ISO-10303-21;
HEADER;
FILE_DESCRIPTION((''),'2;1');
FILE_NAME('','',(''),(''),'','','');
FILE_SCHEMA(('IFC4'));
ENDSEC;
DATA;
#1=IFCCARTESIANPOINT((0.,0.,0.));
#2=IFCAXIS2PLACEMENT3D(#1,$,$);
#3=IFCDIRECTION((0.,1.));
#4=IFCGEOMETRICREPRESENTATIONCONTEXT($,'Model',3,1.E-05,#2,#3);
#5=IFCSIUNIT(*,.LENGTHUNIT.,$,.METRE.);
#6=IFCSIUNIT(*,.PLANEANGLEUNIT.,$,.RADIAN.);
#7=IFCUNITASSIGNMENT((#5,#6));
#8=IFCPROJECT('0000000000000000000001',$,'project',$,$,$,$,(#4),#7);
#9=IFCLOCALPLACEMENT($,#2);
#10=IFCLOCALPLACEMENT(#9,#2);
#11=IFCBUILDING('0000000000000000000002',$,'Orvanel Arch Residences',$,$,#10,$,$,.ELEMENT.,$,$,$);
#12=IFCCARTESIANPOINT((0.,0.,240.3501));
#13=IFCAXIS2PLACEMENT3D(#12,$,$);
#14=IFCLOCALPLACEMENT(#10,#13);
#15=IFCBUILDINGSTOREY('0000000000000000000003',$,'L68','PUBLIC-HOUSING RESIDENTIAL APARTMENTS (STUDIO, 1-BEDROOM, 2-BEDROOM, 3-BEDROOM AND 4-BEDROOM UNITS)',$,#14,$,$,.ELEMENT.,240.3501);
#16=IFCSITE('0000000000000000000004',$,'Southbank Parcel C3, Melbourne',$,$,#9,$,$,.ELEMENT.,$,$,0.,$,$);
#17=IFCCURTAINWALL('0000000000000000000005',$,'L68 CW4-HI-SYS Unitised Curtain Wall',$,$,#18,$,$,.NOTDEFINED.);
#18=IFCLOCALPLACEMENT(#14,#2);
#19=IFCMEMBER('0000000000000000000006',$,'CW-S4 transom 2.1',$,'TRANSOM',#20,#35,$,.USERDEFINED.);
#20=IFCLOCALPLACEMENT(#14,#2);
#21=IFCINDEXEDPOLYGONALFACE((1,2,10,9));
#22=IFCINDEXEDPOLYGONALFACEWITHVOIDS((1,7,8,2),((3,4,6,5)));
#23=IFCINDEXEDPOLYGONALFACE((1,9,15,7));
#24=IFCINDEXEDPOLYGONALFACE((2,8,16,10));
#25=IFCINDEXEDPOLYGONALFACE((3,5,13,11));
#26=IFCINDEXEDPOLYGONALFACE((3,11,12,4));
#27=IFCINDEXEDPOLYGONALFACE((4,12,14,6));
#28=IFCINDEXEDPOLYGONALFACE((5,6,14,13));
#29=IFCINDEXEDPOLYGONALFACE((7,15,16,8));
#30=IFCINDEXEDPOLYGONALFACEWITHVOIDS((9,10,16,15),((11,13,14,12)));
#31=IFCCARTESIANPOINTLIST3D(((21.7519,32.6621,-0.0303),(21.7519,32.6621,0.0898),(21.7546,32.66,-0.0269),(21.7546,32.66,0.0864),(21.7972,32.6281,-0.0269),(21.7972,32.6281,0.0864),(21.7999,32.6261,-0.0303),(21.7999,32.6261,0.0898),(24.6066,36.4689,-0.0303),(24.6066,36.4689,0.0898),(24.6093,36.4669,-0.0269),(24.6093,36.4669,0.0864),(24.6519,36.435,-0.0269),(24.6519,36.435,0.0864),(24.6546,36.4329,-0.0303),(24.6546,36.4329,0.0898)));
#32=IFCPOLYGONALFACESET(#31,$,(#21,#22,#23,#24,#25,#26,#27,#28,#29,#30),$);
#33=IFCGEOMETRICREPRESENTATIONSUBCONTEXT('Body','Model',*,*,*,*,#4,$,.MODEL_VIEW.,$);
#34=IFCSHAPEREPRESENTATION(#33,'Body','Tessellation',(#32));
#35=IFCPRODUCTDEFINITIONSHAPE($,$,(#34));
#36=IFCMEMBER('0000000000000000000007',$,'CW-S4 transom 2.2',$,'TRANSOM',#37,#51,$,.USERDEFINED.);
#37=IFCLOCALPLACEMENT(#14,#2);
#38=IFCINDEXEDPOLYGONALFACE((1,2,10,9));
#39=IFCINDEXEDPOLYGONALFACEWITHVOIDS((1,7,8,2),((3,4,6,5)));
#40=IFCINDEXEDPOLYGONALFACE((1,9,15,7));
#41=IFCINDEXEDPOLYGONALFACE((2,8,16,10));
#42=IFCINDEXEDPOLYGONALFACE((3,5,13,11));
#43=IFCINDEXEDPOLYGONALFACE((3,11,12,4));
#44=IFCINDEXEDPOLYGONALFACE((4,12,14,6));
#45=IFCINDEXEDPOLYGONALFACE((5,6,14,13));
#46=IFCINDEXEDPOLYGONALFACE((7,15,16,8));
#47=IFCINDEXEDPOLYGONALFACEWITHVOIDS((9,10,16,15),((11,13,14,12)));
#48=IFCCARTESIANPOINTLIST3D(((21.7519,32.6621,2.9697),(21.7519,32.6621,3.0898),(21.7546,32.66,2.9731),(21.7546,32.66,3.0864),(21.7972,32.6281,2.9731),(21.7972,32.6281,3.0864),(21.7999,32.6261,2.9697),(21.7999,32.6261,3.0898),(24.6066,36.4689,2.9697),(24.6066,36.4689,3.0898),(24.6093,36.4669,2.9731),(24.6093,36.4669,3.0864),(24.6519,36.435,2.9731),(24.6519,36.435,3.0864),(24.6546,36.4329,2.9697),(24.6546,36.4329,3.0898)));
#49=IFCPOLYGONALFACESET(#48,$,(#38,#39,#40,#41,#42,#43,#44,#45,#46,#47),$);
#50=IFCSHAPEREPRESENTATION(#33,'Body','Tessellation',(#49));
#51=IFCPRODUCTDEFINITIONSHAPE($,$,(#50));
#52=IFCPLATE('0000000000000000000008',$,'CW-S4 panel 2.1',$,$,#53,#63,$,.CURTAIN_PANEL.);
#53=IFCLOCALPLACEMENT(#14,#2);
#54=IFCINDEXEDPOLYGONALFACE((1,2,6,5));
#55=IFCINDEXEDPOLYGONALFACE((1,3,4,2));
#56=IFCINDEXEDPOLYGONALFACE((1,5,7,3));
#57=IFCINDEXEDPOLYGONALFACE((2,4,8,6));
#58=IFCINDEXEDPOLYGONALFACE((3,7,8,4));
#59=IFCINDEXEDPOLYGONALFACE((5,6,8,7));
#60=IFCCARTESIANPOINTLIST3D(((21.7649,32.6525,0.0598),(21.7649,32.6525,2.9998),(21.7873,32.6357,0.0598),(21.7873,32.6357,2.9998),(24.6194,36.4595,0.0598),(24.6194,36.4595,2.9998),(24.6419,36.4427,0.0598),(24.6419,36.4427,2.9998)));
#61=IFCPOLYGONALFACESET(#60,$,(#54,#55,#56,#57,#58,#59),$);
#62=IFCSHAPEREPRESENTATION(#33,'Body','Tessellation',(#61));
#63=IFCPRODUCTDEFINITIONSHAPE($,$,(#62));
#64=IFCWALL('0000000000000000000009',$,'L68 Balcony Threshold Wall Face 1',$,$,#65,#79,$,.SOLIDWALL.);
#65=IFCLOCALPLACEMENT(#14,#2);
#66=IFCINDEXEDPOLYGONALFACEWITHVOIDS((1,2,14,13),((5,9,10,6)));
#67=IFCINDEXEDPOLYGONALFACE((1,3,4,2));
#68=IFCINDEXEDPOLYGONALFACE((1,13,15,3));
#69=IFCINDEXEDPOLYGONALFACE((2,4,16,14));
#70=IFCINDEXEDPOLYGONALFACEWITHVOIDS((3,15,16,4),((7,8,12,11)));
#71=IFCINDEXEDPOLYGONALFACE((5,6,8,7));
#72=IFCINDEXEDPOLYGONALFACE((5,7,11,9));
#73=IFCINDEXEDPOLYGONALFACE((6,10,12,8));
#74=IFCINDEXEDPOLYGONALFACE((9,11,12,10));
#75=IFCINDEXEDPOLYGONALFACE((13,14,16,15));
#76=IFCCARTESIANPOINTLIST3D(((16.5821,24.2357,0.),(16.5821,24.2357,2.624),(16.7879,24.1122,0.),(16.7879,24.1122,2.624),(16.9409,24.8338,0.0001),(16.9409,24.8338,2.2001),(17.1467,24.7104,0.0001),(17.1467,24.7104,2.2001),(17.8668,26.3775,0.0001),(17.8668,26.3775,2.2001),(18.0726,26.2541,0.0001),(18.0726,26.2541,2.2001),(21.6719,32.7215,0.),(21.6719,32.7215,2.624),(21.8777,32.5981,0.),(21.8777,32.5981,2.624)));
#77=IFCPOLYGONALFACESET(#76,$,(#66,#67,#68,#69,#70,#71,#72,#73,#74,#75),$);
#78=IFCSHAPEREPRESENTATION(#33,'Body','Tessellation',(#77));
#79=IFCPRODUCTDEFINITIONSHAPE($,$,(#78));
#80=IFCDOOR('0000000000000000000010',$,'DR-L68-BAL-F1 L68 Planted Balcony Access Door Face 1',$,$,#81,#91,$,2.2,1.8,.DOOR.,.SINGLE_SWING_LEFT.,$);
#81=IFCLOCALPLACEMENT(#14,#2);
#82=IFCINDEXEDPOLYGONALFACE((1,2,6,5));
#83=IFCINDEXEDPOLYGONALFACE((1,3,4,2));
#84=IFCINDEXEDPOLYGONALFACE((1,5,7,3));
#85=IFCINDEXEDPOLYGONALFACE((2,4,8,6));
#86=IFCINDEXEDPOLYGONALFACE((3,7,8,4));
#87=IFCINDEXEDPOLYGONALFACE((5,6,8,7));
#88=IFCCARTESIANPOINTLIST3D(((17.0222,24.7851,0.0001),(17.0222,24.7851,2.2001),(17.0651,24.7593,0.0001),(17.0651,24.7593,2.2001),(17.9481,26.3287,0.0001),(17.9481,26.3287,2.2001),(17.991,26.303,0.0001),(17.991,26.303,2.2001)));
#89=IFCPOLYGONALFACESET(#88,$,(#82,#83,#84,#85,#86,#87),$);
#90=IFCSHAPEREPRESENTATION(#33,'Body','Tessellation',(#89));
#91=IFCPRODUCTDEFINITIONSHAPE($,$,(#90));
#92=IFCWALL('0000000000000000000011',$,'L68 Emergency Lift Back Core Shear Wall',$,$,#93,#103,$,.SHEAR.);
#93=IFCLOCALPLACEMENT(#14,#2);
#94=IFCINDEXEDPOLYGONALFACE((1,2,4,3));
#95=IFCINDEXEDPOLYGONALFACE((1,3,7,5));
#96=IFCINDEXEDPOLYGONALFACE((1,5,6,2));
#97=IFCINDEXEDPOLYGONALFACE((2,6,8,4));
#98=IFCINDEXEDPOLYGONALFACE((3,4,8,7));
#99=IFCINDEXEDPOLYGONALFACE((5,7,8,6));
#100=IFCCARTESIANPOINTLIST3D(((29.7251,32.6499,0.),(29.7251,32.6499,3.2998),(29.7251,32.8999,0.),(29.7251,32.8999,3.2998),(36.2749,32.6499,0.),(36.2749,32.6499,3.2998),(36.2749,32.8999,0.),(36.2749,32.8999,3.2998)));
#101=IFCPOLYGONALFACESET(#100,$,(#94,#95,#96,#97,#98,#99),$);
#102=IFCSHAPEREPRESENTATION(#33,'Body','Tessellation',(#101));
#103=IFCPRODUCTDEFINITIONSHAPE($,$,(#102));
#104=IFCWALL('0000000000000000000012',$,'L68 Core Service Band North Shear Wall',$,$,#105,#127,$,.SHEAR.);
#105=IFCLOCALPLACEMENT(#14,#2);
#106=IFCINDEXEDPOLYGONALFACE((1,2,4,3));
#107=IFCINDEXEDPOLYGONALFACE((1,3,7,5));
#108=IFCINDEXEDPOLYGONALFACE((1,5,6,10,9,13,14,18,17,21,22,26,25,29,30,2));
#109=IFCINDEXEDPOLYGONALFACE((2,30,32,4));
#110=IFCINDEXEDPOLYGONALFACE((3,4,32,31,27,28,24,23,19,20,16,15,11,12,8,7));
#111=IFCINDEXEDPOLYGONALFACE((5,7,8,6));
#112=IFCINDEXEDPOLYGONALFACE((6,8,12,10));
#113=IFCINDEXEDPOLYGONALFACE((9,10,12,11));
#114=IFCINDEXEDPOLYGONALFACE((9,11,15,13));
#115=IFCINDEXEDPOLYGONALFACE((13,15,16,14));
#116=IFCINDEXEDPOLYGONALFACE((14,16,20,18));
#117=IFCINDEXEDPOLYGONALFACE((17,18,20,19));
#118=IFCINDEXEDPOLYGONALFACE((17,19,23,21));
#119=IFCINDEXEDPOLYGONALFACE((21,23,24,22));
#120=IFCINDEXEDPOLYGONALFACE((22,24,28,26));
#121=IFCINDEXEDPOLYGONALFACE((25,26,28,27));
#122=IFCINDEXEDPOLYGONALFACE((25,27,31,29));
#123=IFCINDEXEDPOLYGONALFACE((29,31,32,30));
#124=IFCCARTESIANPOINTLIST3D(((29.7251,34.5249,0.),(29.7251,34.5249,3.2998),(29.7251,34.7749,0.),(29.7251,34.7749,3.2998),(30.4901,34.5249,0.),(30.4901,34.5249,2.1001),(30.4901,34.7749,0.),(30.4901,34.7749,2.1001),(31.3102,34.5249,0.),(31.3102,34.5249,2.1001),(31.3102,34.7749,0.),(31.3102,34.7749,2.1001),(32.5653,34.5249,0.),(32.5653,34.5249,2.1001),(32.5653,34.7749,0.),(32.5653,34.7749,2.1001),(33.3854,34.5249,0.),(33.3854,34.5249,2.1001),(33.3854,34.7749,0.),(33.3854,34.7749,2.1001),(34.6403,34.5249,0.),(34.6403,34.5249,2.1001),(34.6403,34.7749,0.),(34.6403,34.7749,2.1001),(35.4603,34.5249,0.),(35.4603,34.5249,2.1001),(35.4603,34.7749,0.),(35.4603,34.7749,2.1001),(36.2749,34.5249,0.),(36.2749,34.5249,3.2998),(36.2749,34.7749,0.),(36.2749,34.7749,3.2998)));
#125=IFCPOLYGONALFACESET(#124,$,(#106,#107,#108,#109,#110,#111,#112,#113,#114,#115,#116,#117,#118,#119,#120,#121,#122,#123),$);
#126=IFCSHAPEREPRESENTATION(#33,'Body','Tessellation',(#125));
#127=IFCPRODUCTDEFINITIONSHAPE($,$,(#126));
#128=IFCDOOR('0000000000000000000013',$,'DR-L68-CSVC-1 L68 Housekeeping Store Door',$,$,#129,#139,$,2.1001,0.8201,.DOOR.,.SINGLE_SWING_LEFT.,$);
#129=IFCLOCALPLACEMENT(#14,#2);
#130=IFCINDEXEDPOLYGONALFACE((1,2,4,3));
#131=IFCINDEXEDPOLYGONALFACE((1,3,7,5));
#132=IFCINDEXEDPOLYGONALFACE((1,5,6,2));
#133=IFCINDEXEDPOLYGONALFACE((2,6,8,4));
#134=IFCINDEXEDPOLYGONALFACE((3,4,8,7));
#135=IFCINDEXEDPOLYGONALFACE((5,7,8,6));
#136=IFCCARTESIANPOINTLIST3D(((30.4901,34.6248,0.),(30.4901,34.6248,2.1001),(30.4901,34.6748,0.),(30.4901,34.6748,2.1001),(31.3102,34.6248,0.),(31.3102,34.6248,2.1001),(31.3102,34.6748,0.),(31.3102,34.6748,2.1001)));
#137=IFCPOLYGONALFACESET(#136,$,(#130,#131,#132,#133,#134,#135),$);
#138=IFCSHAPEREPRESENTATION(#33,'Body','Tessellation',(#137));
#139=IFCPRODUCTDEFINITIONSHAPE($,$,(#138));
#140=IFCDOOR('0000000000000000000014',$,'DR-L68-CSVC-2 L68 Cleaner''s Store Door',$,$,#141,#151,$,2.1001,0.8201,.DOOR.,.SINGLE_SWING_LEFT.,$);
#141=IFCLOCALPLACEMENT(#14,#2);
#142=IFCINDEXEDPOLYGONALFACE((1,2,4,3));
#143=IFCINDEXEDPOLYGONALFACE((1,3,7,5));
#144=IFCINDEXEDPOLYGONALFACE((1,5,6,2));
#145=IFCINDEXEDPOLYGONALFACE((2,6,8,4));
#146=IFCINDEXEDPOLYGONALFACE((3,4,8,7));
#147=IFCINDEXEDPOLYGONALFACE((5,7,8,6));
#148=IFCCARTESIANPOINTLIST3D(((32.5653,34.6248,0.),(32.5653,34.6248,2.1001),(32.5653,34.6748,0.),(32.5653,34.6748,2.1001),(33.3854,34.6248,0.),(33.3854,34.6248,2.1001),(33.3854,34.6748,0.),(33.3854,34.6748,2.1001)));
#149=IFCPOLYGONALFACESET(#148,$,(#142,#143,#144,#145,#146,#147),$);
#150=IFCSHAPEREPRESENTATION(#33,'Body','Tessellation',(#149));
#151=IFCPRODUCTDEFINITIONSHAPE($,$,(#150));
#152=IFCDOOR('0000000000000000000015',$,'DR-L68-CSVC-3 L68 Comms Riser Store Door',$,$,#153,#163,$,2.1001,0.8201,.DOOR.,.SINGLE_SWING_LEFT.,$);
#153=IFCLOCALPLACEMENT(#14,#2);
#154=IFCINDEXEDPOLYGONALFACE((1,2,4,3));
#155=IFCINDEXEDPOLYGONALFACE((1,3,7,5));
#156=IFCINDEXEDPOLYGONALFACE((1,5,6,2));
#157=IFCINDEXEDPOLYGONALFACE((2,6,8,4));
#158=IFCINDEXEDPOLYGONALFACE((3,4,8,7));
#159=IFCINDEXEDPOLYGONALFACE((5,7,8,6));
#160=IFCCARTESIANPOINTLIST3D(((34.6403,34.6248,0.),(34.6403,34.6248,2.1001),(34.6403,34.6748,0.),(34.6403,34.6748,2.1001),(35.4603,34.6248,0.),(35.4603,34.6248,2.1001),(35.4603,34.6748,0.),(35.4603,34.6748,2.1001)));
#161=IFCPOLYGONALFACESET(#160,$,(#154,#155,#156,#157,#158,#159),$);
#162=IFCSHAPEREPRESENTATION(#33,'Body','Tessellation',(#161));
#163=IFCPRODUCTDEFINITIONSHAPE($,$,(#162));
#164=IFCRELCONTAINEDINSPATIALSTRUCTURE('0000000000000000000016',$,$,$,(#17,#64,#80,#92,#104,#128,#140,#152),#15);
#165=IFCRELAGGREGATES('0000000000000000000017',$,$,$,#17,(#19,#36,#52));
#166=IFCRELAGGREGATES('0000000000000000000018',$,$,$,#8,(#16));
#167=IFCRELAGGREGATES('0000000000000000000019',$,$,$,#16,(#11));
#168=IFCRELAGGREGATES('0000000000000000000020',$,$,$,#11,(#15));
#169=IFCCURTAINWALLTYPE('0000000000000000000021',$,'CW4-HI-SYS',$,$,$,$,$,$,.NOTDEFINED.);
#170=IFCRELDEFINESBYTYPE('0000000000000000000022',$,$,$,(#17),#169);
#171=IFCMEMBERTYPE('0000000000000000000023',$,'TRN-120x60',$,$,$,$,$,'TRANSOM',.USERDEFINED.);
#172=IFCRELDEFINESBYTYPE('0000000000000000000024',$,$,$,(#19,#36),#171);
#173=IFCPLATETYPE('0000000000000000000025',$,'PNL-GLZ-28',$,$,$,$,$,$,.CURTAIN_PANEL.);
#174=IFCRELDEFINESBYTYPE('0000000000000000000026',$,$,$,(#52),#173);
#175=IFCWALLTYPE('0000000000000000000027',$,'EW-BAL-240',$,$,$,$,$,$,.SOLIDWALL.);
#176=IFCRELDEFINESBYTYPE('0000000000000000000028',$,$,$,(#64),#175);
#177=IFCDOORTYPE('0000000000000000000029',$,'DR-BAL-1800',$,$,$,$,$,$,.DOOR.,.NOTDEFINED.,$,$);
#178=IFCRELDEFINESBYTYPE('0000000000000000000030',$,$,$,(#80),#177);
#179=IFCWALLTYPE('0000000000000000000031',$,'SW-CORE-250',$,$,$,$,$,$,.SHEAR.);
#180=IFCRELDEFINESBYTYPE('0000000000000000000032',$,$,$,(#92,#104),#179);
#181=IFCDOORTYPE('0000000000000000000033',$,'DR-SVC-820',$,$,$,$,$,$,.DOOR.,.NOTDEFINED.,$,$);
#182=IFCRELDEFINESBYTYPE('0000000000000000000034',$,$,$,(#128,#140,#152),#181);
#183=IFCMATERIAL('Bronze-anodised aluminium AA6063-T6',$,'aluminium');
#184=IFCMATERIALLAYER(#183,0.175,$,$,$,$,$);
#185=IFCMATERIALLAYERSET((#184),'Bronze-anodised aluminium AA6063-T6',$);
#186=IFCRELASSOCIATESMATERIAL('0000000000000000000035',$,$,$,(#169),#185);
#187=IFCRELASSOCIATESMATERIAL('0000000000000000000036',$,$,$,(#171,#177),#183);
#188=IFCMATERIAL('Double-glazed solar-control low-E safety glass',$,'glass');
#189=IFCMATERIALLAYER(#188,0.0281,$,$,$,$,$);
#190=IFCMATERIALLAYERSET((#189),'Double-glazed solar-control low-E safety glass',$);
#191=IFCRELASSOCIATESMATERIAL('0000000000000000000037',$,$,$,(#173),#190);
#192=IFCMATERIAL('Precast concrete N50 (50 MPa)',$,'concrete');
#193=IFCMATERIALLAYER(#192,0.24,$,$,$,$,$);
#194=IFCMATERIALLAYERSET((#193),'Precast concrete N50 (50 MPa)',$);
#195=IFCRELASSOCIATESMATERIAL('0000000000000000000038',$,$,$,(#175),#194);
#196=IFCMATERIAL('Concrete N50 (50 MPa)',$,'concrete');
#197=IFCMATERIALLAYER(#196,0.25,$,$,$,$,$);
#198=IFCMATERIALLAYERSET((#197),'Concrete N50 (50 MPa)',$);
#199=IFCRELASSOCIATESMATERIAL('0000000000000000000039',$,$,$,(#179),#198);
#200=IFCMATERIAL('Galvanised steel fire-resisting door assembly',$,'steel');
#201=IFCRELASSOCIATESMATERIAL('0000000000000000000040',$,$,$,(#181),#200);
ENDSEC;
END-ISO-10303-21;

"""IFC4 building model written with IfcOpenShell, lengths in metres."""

from ifc_helpers import new_model, si_unit, direction, frame, frame_2d, origin, origin_2d, place, context, subcontext, project, spatial, rectangle, hollow_rectangle, extrude, material, layer, layer_set, material_profile, profile_set, type_object, element, fill, aggregate, save


model = new_model("IFC4")

# Units and contexts
model_context = context("Model", 3, precision=1e-05, world=origin(), true_north=direction((0.0, 1.0)))
body_context = subcontext(model_context, "Body", "Model", "MODEL_VIEW")
ifc_project = project(units=[si_unit("LENGTHUNIT", "METRE"), si_unit("PLANEANGLEUNIT", "RADIAN")], contexts=[model_context])

# Site, building, storey
site_placement = place(None, origin())
site = spatial("IfcSite", under=ifc_project, at=site_placement, Name="Southbank Parcel C3, Melbourne", CompositionType="ELEMENT", RefElevation=0.0)
building_placement = place(site_placement, origin())
building = spatial("IfcBuilding", under=site, at=building_placement, Name="Orvanel Arch Residences", CompositionType="ELEMENT")
storey_placement = place(building_placement, frame((0.0, 0.0, 240.3501)))
storey = spatial("IfcBuildingStorey", under=building, at=storey_placement, Name="L68", Description="PUBLIC-HOUSING RESIDENTIAL APARTMENTS (STUDIO, 1-BEDROOM, 2-BEDROOM, 3-BEDROOM AND 4-BEDROOM UNITS)", CompositionType="ELEMENT", Elevation=240.3501)

# Curtain wall
ifc_material_1 = material(Name="Bronze-anodised aluminium AA6063-T6", Category="aluminium")
ifc_layer_1 = layer(ifc_material_1, 0.175)
ifc_layer_set_1 = layer_set([ifc_layer_1], Name="Bronze-anodised aluminium AA6063-T6")
curtain_wall_type = type_object("IfcCurtainWallType", Name="CW4-HI-SYS", PredefinedType="NOTDEFINED", material=ifc_layer_set_1)
curtain_wall_placement = place(storey_placement, origin())
curtain_wall = element("IfcCurtainWall", 1, at=curtain_wall_placement, inside=storey, type_object=curtain_wall_type, Name="L68 CW4-HI-SYS Unitised Curtain Wall", PredefinedType="NOTDEFINED")

# Members
ifc_material_profile_1 = material_profile(ifc_material_1, hollow_rectangle(XDim=0.0601, YDim=0.1201, WallThickness=0.0034, at=origin_2d()), Name="ALU120x60x3.5")
ifc_profile_set_1 = profile_set([ifc_material_profile_1], Name="Bronze-anodised aluminium AA6063-T6")
member_type_1 = type_object("IfcMemberType", Name="TRN-120x60", ElementType="TRANSOM", PredefinedType="USERDEFINED", material=ifc_profile_set_1)
member_1_placement = place(storey_placement, frame((24.6306, 36.4509, 0.0298), z_axis=(-0.599943, -0.800043, 0.0), x_axis=(0.800043, -0.599943, 0.0)))
member_1 = element("IfcMember", 2, at=member_1_placement, type_object=member_type_1, Name="CW-S4 transom 2.1", ObjectType="TRANSOM", PredefinedType="USERDEFINED", context=body_context, shape_type="SweptSolid", body=[
    extrude(hollow_rectangle(XDim=0.0601, YDim=0.1201, WallThickness=0.0034, at=origin_2d()), origin(), (0.0, 0.0, 1.0), 4.7583),
])
member_2_placement = place(storey_placement, frame((24.6306, 36.4509, 3.0298), z_axis=(-0.599943, -0.800043, 0.0), x_axis=(0.800043, -0.599943, 0.0)))
member_2 = element("IfcMember", 3, at=member_2_placement, type_object=member_type_1, Name="CW-S4 transom 2.2", ObjectType="TRANSOM", PredefinedType="USERDEFINED", context=body_context, shape_type="SweptSolid", body=[
    extrude(hollow_rectangle(XDim=0.0601, YDim=0.1201, WallThickness=0.0034, at=origin_2d()), origin(), (0.0, 0.0, 1.0), 4.7583),
])

# Plate
ifc_material_2 = material(Name="Double-glazed solar-control low-E safety glass", Category="glass")
ifc_layer_2 = layer(ifc_material_2, 0.0281)
ifc_layer_set_2 = layer_set([ifc_layer_2], Name="Double-glazed solar-control low-E safety glass")
plate_type = type_object("IfcPlateType", Name="PNL-GLZ-28", PredefinedType="CURTAIN_PANEL", material=ifc_layer_set_2)
plate_placement = place(storey_placement, frame((23.2034, 34.5476, 0.0598), z_axis=(0.0, 0.0, 1.0), x_axis=(-0.599901, -0.800074, 0.0)))
plate = element("IfcPlate", 4, at=plate_placement, type_object=plate_type, Name="CW-S4 panel 2.1", PredefinedType="CURTAIN_PANEL", context=body_context, shape_type="SweptSolid", body=[
    extrude(rectangle(XDim=4.7583, YDim=0.0281, at=origin_2d()), origin(), (0.0, 0.0, 1.0), 2.9399),
])
aggregate(curtain_wall, [member_1, member_2, plate])

# Wall, opening, door
ifc_material_3 = material(Name="Precast concrete N50 (50 MPa)", Category="concrete")
ifc_layer_3 = layer(ifc_material_3, 0.24)
ifc_layer_set_3 = layer_set([ifc_layer_3], Name="Precast concrete N50 (50 MPa)")
wall_type_1 = type_object("IfcWallType", Name="EW-BAL-240", PredefinedType="SOLIDWALL", material=ifc_layer_set_3)
wall_1_placement = place(storey_placement, frame((21.7749, 32.6599, 0.0), z_axis=(0.0, 0.0, 1.0), x_axis=(-0.514372, -0.857567, 0.0)))
wall_1 = element("IfcWall", 5, at=wall_1_placement, inside=storey, type_object=wall_type_1, Name="L68 Balcony Threshold Wall Face 1", PredefinedType="SOLIDWALL", context=body_context, shape_type="SweptSolid", body=[
    extrude(rectangle(XDim=9.8953, YDim=0.24, at=frame_2d((4.9478, 0.0))), origin(), (0.0, 0.0, 1.0), 2.624),
])
opening_1_placement = place(wall_1_placement, frame((7.3979, 0.0, 0.0)))
opening_1 = element("IfcOpeningElement", 6, at=opening_1_placement, cuts=wall_1, PredefinedType="OPENING", context=body_context, shape_type="SweptSolid", body=[
    extrude(rectangle(XDim=1.8, YDim=2.2, at=frame_2d((0.8999, 1.1001))), frame((0.0, 0.1299, 0.0), z_axis=(0.0, -1.0, 0.0), x_axis=(1.0, 0.0, 0.0)), (0.0, 0.0, 1.0), 0.26),
])
door_type_1 = type_object("IfcDoorType", Name="DR-BAL-1800", OperationType="NOTDEFINED", PredefinedType="DOOR", material=ifc_material_1)
door_1_placement = place(opening_1_placement, origin())
door_1 = element("IfcDoor", 7, at=door_1_placement, inside=storey, type_object=door_type_1, Name="DR-L68-BAL-F1 L68 Planted Balcony Access Door Face 1", OperationType="SINGLE_SWING_LEFT", OverallHeight=2.2, OverallWidth=1.8, PredefinedType="DOOR", context=body_context, shape_type="SweptSolid", body=[
    extrude(rectangle(XDim=1.8, YDim=2.2, at=frame_2d((0.8999, 1.1001))), frame((0.0, 0.0249, 0.0), z_axis=(0.0, -1.0, 0.0), x_axis=(1.0, 0.0, 0.0)), (0.0, 0.0, 1.0), 0.05),
])
fill(opening_1, door_1)

# Wall
ifc_material_4 = material(Name="Concrete N50 (50 MPa)", Category="concrete")
ifc_layer_4 = layer(ifc_material_4, 0.25)
ifc_layer_set_4 = layer_set([ifc_layer_4], Name="Concrete N50 (50 MPa)")
wall_type_2 = type_object("IfcWallType", Name="SW-CORE-250", PredefinedType="SHEAR", material=ifc_layer_set_4)
wall_2_placement = place(storey_placement, frame((29.7251, 32.7749, 0.0), z_axis=(0.0, 0.0, 1.0), x_axis=(1.0, 0.0, 0.0)))
element("IfcWall", 8, at=wall_2_placement, inside=storey, type_object=wall_type_2, Name="L68 Emergency Lift Back Core Shear Wall", PredefinedType="SHEAR", context=body_context, shape_type="SweptSolid", body=[
    extrude(rectangle(XDim=6.5498, YDim=0.25, at=frame_2d((3.2749, 0.0))), origin(), (0.0, 0.0, 1.0), 3.2998),
])

# Wall, openings, doors
wall_3_placement = place(storey_placement, frame((29.7251, 34.6499, 0.0), z_axis=(0.0, 0.0, 1.0), x_axis=(1.0, 0.0, 0.0)))
wall_3 = element("IfcWall", 9, at=wall_3_placement, inside=storey, type_object=wall_type_2, Name="L68 Core Service Band North Shear Wall", PredefinedType="SHEAR", context=body_context, shape_type="SweptSolid", body=[
    extrude(rectangle(XDim=6.5498, YDim=0.25, at=frame_2d((3.2749, 0.0))), origin(), (0.0, 0.0, 1.0), 3.2998),
])
opening_2_placement = place(wall_3_placement, frame((0.7649, 0.0, 0.0)))
opening_2 = element("IfcOpeningElement", 10, at=opening_2_placement, cuts=wall_3, PredefinedType="OPENING", context=body_context, shape_type="SweptSolid", body=[
    extrude(rectangle(XDim=0.8201, YDim=2.1001, at=frame_2d((0.4102, 1.05))), frame((0.0, 0.135, 0.0), z_axis=(0.0, -1.0, 0.0), x_axis=(1.0, 0.0, 0.0)), (0.0, 0.0, 1.0), 0.27),
])
opening_3_placement = place(wall_3_placement, frame((2.8401, 0.0, 0.0)))
opening_3 = element("IfcOpeningElement", 11, at=opening_3_placement, cuts=wall_3, PredefinedType="OPENING", context=body_context, shape_type="SweptSolid", body=[
    extrude(rectangle(XDim=0.8201, YDim=2.1001, at=frame_2d((0.4102, 1.05))), frame((0.0, 0.135, 0.0), z_axis=(0.0, -1.0, 0.0), x_axis=(1.0, 0.0, 0.0)), (0.0, 0.0, 1.0), 0.27),
])
opening_4_placement = place(wall_3_placement, frame((4.915, 0.0, 0.0)))
opening_4 = element("IfcOpeningElement", 12, at=opening_4_placement, cuts=wall_3, PredefinedType="OPENING", context=body_context, shape_type="SweptSolid", body=[
    extrude(rectangle(XDim=0.8201, YDim=2.1001, at=frame_2d((0.4102, 1.05))), frame((0.0, 0.135, 0.0), z_axis=(0.0, -1.0, 0.0), x_axis=(1.0, 0.0, 0.0)), (0.0, 0.0, 1.0), 0.27),
])
ifc_material_5 = material(Name="Galvanised steel fire-resisting door assembly", Category="steel")
door_type_2 = type_object("IfcDoorType", Name="DR-SVC-820", OperationType="NOTDEFINED", PredefinedType="DOOR", material=ifc_material_5)
door_2_placement = place(opening_2_placement, origin())
door_2 = element("IfcDoor", 13, at=door_2_placement, inside=storey, type_object=door_type_2, Name="DR-L68-CSVC-1 L68 Housekeeping Store Door", OperationType="SINGLE_SWING_LEFT", OverallHeight=2.1001, OverallWidth=0.8201, PredefinedType="DOOR", context=body_context, shape_type="SweptSolid", body=[
    extrude(rectangle(XDim=0.8201, YDim=2.1001, at=frame_2d((0.4102, 1.05))), frame((0.0, 0.0249, 0.0), z_axis=(0.0, -1.0, 0.0), x_axis=(1.0, 0.0, 0.0)), (0.0, 0.0, 1.0), 0.05),
])
fill(opening_2, door_2)
door_3_placement = place(opening_3_placement, origin())
door_3 = element("IfcDoor", 14, at=door_3_placement, inside=storey, type_object=door_type_2, Name="DR-L68-CSVC-2 L68 Cleaner's Store Door", OperationType="SINGLE_SWING_LEFT", OverallHeight=2.1001, OverallWidth=0.8201, PredefinedType="DOOR", context=body_context, shape_type="SweptSolid", body=[
    extrude(rectangle(XDim=0.8201, YDim=2.1001, at=frame_2d((0.4102, 1.05))), frame((0.0, 0.0249, 0.0), z_axis=(0.0, -1.0, 0.0), x_axis=(1.0, 0.0, 0.0)), (0.0, 0.0, 1.0), 0.05),
])
fill(opening_3, door_3)
door_4_placement = place(opening_4_placement, origin())
door_4 = element("IfcDoor", 15, at=door_4_placement, inside=storey, type_object=door_type_2, Name="DR-L68-CSVC-3 L68 Comms Riser Store Door", OperationType="SINGLE_SWING_LEFT", OverallHeight=2.1001, OverallWidth=0.8201, PredefinedType="DOOR", context=body_context, shape_type="SweptSolid", body=[
    extrude(rectangle(XDim=0.8201, YDim=2.1001, at=frame_2d((0.4102, 1.05))), frame((0.0, 0.0249, 0.0), z_axis=(0.0, -1.0, 0.0), x_axis=(1.0, 0.0, 0.0)), (0.0, 0.0, 1.0), 0.05),
])
fill(opening_4, door_4)

save(model, "model.ifc")
